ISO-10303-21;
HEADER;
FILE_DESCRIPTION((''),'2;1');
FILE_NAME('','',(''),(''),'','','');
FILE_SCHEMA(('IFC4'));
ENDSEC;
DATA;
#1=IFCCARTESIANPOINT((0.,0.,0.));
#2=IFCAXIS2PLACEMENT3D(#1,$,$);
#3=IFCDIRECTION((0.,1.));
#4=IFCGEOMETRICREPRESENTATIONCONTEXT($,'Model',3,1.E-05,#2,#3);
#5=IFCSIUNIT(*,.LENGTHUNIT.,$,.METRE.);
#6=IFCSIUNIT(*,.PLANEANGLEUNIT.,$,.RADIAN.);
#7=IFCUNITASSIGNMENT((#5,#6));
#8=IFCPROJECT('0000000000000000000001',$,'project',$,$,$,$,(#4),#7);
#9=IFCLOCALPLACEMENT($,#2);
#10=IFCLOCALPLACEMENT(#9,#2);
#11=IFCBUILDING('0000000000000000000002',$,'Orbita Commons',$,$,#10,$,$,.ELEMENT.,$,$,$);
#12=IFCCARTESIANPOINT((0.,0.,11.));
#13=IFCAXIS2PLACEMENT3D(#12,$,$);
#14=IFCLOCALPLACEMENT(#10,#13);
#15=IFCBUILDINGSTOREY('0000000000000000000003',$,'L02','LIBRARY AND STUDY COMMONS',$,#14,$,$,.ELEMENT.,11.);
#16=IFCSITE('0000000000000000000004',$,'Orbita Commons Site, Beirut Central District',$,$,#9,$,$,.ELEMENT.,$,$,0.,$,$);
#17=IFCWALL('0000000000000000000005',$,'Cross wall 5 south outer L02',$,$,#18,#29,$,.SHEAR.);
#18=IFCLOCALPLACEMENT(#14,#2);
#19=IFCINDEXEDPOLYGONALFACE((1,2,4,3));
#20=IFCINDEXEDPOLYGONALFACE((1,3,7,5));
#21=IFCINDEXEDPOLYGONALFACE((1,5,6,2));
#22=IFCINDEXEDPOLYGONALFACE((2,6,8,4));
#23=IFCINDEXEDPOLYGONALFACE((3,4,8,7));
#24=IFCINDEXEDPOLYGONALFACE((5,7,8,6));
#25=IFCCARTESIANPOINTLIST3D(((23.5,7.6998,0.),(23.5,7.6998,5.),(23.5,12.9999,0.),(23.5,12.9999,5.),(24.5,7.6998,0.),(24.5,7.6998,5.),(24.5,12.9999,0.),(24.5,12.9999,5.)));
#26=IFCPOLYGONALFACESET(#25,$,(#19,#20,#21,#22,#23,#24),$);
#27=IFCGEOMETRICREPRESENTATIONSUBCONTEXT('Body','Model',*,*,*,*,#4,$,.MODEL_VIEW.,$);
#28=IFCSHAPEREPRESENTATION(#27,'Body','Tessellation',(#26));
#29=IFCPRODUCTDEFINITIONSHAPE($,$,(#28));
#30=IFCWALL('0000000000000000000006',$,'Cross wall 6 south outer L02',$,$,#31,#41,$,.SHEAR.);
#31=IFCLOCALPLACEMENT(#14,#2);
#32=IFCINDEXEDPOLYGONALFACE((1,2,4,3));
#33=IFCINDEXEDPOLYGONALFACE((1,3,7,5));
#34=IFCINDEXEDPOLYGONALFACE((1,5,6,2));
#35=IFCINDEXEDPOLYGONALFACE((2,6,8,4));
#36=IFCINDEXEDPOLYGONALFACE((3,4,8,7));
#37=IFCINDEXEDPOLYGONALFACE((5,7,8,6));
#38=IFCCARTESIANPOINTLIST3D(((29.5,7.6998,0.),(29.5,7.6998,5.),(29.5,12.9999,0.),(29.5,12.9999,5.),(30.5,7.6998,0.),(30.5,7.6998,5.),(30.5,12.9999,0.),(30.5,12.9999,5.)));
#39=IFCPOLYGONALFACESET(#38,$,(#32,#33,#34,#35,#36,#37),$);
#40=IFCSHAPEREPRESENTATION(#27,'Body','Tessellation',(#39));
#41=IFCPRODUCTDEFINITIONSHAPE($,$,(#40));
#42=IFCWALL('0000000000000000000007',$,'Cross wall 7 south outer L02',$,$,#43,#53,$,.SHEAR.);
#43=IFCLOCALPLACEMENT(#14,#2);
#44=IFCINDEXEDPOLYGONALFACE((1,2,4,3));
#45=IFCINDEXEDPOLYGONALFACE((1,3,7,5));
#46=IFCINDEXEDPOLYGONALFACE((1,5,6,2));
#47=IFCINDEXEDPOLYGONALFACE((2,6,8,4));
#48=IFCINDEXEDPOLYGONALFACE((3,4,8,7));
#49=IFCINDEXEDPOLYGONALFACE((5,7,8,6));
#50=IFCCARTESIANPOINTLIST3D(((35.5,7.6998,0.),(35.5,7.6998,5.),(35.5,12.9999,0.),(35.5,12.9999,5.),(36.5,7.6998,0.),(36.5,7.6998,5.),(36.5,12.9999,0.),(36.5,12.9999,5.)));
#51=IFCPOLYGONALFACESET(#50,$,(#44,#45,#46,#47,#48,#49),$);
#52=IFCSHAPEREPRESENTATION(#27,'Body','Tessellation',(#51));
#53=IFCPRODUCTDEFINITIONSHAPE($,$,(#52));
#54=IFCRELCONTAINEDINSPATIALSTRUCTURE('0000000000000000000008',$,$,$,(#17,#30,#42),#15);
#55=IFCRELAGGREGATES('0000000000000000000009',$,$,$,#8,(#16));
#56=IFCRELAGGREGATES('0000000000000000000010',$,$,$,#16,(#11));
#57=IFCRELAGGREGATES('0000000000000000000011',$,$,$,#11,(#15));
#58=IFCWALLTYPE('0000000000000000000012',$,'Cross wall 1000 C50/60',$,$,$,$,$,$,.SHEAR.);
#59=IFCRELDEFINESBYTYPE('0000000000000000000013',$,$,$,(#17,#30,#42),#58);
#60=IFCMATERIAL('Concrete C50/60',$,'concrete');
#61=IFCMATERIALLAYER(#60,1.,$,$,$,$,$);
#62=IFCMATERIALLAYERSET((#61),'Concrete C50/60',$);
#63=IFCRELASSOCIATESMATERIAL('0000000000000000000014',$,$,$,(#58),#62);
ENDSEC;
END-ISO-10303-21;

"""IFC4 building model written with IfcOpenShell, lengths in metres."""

from ifc_helpers import new_model, si_unit, direction, frame, frame_2d, origin, place, context, subcontext, project, spatial, rectangle, extrude, material, layer, layer_set, type_object, element, save


model = new_model("IFC4")

# Units and contexts
model_context = context("Model", 3, precision=1e-05, world=origin(), true_north=direction((0.0, 1.0)))
body_context = subcontext(model_context, "Body", "Model", "MODEL_VIEW")
ifc_project = project(units=[si_unit("LENGTHUNIT", "METRE"), si_unit("PLANEANGLEUNIT", "RADIAN")], contexts=[model_context])

# Site, building, storey
site_placement = place(None, origin())
site = spatial("IfcSite", under=ifc_project, at=site_placement, Name="Orbita Commons Site, Beirut Central District", CompositionType="ELEMENT", RefElevation=0.0)
building_placement = place(site_placement, origin())
building = spatial("IfcBuilding", under=site, at=building_placement, Name="Orbita Commons", CompositionType="ELEMENT")
storey_placement = place(building_placement, frame((0.0, 0.0, 11.0)))
storey = spatial("IfcBuildingStorey", under=building, at=storey_placement, Name="L02", Description="LIBRARY AND STUDY COMMONS", CompositionType="ELEMENT", Elevation=11.0)

# Walls
ifc_material_1 = material(Name="Concrete C50/60", Category="concrete")
ifc_layer_1 = layer(ifc_material_1, 1.0)
ifc_layer_set_1 = layer_set([ifc_layer_1], Name="Concrete C50/60")
wall_type_1 = type_object("IfcWallType", Name="Cross wall 1000 C50/60", PredefinedType="SHEAR", material=ifc_layer_set_1)
for number, where, z_axis, x_axis, name in (
    (1, (24.0, 7.7, 0.0), (0.0, 0.0, 1.0), (0.0, 1.0, 0.0), "Cross wall 5 south outer L02"),
    (2, (30.0, 7.7, 0.0), (0.0, 0.0, 1.0), (0.0, 1.0, 0.0), "Cross wall 6 south outer L02"),
    (3, (36.0, 7.7, 0.0), (0.0, 0.0, 1.0), (0.0, 1.0, 0.0), "Cross wall 7 south outer L02"),
):
    element("IfcWall", number, at=place(storey_placement, frame(where, z_axis=z_axis, x_axis=x_axis)), inside=storey, type_object=wall_type_1, Name=name, PredefinedType="SHEAR", context=body_context, shape_type="SweptSolid", body=[
        extrude(rectangle(XDim=5.3, YDim=1.0, at=frame_2d((2.6499, 0.0))), origin(), (0.0, 0.0, 1.0), 5.0),
    ])

save(model, "model.ifc")
